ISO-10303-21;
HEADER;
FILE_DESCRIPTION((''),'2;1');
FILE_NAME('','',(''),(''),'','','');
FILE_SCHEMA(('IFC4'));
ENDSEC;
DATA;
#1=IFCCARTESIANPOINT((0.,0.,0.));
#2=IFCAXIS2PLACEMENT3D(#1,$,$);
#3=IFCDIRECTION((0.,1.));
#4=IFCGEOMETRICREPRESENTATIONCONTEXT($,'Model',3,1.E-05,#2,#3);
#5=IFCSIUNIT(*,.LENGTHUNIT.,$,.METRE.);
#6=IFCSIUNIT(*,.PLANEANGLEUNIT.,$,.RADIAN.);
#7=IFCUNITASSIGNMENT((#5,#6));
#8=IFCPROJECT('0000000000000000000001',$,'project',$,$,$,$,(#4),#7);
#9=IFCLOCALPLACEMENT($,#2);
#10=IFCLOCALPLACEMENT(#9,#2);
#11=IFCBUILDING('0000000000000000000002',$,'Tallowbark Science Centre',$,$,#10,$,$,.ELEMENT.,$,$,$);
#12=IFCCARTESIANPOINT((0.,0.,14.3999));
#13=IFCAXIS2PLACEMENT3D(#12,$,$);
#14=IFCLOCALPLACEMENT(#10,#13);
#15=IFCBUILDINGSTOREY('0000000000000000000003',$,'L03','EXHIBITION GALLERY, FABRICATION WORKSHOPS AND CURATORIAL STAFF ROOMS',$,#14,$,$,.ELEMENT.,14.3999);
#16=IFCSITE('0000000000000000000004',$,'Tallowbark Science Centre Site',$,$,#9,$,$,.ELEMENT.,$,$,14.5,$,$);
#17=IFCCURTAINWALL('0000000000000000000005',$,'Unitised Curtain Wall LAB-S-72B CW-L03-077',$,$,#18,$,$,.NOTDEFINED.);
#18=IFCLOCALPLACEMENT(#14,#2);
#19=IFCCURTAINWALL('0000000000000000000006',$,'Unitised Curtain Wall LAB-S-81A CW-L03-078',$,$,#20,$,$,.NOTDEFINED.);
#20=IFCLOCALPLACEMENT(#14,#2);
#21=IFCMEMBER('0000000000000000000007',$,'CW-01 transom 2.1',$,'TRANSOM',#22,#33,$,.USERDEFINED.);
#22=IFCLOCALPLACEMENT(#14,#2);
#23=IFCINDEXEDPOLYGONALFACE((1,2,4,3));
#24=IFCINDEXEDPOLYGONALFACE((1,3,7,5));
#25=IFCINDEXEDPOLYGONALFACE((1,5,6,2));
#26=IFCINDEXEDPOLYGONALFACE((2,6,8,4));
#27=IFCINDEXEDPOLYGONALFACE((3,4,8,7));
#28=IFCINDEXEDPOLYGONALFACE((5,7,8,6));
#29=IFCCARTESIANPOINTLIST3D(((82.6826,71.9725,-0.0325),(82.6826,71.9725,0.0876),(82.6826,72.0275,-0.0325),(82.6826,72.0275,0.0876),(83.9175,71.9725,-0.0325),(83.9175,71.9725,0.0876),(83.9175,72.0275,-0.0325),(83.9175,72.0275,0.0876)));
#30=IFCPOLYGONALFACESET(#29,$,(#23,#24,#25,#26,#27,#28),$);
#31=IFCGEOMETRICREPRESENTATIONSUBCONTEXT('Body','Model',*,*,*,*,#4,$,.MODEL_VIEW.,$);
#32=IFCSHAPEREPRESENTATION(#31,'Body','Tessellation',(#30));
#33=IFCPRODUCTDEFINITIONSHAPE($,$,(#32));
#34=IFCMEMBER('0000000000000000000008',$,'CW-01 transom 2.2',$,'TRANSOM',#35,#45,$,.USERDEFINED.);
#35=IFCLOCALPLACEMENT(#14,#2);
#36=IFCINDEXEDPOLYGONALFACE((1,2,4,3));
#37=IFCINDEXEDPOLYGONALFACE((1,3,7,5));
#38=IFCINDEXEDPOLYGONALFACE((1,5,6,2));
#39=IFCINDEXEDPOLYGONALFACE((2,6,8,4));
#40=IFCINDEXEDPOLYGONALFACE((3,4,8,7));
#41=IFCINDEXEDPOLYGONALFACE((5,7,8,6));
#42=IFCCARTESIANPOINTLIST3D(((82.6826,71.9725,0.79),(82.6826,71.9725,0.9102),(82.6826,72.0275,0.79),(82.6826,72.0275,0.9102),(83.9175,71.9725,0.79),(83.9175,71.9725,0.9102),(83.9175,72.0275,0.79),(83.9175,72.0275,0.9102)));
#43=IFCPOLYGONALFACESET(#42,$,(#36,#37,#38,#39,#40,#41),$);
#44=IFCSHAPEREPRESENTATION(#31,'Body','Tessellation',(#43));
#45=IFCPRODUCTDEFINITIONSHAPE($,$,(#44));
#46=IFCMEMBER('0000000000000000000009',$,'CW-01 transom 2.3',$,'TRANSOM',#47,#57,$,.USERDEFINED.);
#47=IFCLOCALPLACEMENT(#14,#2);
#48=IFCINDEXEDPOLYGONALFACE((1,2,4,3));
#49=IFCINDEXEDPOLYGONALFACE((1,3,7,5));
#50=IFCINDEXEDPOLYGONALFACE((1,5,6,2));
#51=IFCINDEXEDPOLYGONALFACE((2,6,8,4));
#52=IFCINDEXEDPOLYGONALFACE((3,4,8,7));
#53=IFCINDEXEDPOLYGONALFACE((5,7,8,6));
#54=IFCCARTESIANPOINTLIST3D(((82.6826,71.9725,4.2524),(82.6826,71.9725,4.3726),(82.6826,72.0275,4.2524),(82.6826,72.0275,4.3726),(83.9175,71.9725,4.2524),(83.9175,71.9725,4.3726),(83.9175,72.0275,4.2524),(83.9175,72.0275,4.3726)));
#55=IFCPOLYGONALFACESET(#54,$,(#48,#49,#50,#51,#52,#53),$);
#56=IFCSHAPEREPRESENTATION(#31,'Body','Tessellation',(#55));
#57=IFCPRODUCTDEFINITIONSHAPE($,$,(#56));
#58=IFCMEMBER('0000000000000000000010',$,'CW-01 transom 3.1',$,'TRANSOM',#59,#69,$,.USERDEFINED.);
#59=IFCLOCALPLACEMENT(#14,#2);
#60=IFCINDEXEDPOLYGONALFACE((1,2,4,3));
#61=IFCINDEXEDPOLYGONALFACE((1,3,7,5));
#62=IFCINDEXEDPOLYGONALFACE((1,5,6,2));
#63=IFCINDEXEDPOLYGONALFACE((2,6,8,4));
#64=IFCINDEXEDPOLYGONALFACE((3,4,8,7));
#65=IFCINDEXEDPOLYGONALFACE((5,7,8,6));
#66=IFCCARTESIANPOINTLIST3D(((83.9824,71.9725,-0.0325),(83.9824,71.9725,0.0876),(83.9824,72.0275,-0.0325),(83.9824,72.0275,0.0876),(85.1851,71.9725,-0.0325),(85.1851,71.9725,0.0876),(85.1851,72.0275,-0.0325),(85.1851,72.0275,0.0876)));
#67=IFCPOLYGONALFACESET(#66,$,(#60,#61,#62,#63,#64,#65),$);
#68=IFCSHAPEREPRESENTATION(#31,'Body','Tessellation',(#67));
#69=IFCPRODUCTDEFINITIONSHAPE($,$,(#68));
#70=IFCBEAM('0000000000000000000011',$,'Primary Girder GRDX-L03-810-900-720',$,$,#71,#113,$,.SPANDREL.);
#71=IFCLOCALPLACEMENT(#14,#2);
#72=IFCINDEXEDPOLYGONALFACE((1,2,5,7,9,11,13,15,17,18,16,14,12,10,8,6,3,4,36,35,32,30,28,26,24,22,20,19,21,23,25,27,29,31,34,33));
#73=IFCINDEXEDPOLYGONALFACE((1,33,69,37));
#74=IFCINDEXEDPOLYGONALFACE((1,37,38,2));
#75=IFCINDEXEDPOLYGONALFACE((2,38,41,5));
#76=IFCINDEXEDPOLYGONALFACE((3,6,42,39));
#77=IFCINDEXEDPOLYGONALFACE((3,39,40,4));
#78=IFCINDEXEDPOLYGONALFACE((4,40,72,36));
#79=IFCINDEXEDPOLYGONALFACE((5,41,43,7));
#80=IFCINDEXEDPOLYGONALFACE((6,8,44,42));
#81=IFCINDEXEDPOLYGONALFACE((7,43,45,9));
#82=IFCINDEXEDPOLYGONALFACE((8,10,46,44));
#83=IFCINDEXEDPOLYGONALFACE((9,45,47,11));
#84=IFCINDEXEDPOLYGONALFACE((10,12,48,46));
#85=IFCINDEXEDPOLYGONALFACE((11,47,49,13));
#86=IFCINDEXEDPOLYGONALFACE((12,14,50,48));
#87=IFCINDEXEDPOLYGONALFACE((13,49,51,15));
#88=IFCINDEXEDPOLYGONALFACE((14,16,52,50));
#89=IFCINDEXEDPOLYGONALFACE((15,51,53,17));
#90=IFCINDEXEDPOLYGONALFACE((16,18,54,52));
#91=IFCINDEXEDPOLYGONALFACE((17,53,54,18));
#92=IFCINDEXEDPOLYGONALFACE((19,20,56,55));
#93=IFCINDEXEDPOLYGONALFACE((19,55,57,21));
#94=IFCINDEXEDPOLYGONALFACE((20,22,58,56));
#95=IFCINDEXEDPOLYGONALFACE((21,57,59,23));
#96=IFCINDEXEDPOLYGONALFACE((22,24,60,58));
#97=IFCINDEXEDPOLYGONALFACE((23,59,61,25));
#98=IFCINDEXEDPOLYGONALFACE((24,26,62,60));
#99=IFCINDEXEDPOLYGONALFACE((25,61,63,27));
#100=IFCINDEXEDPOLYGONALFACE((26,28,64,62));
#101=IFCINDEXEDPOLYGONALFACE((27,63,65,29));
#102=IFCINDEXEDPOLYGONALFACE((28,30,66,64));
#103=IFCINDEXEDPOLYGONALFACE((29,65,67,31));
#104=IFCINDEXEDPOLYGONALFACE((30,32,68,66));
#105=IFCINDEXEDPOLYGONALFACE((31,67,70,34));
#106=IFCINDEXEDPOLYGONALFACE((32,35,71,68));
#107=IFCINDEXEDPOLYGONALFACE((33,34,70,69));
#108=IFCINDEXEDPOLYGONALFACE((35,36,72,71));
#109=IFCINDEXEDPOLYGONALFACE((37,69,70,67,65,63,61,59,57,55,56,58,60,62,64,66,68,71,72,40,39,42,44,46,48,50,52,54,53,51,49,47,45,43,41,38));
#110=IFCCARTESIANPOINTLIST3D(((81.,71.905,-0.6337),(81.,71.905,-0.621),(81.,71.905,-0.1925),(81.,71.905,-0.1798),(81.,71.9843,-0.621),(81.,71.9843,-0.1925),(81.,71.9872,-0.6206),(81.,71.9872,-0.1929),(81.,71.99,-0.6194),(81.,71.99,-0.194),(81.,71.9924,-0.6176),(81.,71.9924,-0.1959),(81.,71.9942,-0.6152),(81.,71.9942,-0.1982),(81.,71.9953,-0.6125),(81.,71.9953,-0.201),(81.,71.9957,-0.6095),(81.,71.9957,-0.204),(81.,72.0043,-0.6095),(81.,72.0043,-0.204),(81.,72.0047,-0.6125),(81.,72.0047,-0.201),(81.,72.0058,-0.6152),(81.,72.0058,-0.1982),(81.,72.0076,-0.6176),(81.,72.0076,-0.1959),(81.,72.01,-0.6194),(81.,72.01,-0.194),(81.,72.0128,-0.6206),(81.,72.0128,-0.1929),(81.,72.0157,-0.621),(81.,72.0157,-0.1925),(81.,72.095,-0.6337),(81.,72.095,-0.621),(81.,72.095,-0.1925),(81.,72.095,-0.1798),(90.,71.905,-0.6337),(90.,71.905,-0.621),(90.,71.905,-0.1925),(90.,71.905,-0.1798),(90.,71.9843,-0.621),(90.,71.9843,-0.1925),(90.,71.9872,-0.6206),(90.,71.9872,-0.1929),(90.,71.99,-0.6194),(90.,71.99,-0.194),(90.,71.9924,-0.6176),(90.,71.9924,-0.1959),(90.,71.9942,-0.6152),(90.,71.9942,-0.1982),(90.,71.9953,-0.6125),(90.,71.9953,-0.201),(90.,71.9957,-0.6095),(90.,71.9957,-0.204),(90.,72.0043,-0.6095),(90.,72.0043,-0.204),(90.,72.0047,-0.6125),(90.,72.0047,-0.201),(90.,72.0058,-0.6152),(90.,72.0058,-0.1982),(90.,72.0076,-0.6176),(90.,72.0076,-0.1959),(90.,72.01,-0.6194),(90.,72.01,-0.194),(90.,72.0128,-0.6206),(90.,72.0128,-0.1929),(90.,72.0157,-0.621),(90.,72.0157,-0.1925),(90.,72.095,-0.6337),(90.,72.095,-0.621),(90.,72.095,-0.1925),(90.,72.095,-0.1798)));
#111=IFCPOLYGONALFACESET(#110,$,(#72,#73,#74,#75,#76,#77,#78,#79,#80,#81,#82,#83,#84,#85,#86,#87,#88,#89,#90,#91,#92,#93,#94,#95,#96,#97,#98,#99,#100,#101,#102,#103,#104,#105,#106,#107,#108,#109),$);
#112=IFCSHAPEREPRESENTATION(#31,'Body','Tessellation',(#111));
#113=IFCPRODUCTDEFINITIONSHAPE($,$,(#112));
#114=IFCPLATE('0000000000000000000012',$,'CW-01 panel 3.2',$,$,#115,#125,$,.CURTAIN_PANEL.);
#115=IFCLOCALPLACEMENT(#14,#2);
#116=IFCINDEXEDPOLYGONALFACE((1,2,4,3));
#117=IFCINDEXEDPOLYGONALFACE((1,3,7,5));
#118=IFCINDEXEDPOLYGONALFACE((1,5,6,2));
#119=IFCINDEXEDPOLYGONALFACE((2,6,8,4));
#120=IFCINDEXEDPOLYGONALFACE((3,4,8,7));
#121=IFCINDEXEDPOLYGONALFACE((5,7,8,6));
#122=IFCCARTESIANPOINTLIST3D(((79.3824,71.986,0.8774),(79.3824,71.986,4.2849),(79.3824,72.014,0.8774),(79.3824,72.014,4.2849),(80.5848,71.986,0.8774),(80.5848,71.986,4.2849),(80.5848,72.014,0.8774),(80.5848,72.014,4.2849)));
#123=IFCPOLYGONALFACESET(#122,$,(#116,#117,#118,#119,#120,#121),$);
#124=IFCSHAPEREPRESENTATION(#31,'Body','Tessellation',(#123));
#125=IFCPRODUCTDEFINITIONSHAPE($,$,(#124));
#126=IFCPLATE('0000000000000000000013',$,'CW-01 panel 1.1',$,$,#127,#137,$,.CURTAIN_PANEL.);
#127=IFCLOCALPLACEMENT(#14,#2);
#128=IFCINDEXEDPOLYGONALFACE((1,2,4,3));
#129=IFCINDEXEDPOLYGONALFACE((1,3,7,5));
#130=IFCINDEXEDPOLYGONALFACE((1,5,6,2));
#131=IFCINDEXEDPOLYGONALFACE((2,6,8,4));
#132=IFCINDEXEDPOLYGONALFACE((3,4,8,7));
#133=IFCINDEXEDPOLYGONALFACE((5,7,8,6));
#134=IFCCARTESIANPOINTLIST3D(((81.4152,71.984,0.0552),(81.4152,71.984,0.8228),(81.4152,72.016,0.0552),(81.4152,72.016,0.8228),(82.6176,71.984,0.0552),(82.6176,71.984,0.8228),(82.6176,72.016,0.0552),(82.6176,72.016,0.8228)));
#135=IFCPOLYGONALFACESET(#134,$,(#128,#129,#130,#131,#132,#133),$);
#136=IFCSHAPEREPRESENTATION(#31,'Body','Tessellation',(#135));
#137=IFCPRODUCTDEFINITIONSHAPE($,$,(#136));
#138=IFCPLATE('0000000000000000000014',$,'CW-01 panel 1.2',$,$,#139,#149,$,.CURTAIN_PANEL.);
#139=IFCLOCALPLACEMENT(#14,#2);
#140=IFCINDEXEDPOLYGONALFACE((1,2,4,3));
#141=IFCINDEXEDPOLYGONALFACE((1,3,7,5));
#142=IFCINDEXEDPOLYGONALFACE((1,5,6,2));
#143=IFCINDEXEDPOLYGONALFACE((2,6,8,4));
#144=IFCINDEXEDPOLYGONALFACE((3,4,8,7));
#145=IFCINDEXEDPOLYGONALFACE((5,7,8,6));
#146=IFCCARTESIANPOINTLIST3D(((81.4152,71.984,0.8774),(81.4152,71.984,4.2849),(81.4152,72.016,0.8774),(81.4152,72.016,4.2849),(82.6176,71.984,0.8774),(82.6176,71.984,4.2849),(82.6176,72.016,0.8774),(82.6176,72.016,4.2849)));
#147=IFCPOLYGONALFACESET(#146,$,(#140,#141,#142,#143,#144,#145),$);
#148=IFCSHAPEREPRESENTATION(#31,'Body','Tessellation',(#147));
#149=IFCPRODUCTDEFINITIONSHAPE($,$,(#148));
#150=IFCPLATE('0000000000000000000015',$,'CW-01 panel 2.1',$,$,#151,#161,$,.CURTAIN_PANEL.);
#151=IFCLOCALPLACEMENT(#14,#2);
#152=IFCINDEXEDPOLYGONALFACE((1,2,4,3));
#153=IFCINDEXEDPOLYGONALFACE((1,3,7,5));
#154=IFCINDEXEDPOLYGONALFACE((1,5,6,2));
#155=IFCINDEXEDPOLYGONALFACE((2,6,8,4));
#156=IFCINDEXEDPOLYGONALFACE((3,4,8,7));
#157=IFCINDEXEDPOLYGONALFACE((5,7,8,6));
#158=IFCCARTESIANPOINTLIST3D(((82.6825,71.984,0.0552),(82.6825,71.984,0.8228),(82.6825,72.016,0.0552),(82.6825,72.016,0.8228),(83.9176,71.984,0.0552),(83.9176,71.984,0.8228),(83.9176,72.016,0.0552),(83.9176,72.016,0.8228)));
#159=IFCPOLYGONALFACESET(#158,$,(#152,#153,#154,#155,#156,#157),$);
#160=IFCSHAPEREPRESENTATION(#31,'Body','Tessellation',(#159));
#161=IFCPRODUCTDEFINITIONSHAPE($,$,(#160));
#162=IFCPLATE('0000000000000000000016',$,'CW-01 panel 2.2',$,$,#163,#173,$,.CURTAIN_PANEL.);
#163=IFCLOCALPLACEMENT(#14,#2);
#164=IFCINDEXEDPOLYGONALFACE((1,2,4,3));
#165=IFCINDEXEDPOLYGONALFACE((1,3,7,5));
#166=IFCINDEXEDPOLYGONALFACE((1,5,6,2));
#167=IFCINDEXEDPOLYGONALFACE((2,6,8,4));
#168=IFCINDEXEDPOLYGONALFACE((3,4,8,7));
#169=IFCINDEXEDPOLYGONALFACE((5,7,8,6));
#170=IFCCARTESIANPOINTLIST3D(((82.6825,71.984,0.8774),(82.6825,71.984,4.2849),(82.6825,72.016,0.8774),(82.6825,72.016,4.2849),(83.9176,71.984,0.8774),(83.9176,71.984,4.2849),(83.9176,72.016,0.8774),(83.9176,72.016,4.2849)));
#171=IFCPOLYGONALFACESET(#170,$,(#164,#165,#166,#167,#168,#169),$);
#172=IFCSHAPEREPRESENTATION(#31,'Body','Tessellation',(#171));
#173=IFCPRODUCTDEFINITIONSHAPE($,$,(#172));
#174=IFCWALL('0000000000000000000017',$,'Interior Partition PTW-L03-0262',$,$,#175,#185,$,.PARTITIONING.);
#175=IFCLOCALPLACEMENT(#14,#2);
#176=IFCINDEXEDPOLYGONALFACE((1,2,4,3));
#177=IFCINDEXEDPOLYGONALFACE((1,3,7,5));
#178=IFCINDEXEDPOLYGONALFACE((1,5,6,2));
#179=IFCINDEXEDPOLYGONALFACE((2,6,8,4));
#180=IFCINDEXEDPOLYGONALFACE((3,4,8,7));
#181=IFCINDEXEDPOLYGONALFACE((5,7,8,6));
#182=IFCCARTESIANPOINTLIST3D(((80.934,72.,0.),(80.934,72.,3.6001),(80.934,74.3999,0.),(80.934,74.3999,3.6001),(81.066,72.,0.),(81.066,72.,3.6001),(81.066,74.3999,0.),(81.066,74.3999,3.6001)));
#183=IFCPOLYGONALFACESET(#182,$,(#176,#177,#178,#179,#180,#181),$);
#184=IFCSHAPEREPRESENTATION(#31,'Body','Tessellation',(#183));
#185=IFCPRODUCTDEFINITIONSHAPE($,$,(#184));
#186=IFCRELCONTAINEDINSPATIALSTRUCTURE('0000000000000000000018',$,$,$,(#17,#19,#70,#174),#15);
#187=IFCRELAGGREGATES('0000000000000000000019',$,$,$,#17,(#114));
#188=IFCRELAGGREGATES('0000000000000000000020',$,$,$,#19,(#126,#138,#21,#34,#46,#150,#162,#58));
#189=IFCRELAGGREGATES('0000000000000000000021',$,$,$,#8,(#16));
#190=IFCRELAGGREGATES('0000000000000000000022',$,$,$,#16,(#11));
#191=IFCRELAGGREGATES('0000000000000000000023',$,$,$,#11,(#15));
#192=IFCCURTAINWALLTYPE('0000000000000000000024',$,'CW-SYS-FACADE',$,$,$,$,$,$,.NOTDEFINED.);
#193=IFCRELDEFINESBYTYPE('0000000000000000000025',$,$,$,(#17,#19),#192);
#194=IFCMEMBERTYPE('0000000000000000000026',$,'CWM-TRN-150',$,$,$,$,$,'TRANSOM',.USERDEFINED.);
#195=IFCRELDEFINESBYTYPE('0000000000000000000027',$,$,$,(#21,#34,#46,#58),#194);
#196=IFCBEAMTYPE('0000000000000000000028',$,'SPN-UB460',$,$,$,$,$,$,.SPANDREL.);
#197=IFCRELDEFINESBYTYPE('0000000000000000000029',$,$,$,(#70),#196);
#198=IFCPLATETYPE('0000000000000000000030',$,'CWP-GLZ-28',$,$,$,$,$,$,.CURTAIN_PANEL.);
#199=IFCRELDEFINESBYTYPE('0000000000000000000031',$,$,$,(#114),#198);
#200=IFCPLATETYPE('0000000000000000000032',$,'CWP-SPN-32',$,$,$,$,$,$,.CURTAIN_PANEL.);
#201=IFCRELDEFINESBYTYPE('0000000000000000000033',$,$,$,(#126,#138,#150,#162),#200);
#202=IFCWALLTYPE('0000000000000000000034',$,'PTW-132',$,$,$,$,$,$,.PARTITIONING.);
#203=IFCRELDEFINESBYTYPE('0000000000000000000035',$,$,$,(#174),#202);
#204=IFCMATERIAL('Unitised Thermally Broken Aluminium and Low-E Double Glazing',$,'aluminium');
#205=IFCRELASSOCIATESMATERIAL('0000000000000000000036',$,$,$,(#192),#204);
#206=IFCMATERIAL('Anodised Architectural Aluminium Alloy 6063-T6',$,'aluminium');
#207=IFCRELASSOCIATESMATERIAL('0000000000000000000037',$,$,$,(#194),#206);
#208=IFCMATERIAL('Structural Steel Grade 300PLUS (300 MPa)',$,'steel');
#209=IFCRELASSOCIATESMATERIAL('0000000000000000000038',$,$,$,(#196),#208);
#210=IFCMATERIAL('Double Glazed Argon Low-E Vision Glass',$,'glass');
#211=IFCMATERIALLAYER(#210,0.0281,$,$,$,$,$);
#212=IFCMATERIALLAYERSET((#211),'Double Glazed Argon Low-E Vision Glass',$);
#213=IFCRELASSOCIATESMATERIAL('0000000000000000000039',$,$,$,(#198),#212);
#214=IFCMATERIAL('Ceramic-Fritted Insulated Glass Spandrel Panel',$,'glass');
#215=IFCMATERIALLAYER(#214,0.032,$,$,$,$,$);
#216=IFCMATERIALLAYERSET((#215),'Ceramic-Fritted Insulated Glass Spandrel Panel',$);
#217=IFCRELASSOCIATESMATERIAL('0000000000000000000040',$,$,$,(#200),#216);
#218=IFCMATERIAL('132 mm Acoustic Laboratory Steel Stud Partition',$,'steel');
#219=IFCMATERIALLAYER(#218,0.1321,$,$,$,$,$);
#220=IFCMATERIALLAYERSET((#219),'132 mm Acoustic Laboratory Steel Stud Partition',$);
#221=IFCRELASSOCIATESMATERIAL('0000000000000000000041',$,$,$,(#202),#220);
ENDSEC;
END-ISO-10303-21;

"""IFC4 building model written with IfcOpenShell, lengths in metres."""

from ifc_helpers import new_model, si_unit, direction, frame, frame_2d, origin, origin_2d, place, context, subcontext, project, spatial, rectangle, i_section, extrude, material, layer, layer_set, material_profile, profile_set, type_object, element, aggregate, save


model = new_model("IFC4")

# Units and contexts
model_context = context("Model", 3, precision=1e-05, world=origin(), true_north=direction((0.0, 1.0)))
body_context = subcontext(model_context, "Body", "Model", "MODEL_VIEW")
ifc_project = project(units=[si_unit("LENGTHUNIT", "METRE"), si_unit("PLANEANGLEUNIT", "RADIAN")], contexts=[model_context])

# Site, building, storey
site_placement = place(None, origin())
site = spatial("IfcSite", under=ifc_project, at=site_placement, Name="Tallowbark Science Centre Site", CompositionType="ELEMENT", RefElevation=14.5)
building_placement = place(site_placement, origin())
building = spatial("IfcBuilding", under=site, at=building_placement, Name="Tallowbark Science Centre", CompositionType="ELEMENT")
storey_placement = place(building_placement, frame((0.0, 0.0, 14.3999)))
storey = spatial("IfcBuildingStorey", under=building, at=storey_placement, Name="L03", Description="EXHIBITION GALLERY, FABRICATION WORKSHOPS AND CURATORIAL STAFF ROOMS", CompositionType="ELEMENT", Elevation=14.3999)

# Shared definitions
ifc_material_1 = material(Name="Structural Steel Grade 300PLUS (300 MPa)", Category="steel")

# Curtain wall
ifc_material_2 = material(Name="Unitised Thermally Broken Aluminium and Low-E Double Glazing", Category="aluminium")
curtain_wall_type = type_object("IfcCurtainWallType", Name="CW-SYS-FACADE", PredefinedType="NOTDEFINED", material=ifc_material_2)
curtain_wall_1_placement = place(storey_placement, origin())
curtain_wall_1 = element("IfcCurtainWall", 1, at=curtain_wall_1_placement, inside=storey, type_object=curtain_wall_type, Name="Unitised Curtain Wall LAB-S-72B CW-L03-077", PredefinedType="NOTDEFINED")
ifc_material_3 = material(Name="Anodised Architectural Aluminium Alloy 6063-T6", Category="aluminium")

# Curtain wall, members
curtain_wall_2_placement = place(storey_placement, origin())
curtain_wall_2 = element("IfcCurtainWall", 2, at=curtain_wall_2_placement, inside=storey, type_object=curtain_wall_type, Name="Unitised Curtain Wall LAB-S-81A CW-L03-078", PredefinedType="NOTDEFINED")
ifc_material_profile_1 = material_profile(ifc_material_3, rectangle(XDim=0.0549, YDim=0.1201, at=origin_2d()), Name="ALU55x120")
ifc_profile_set_1 = profile_set([ifc_material_profile_1], Name="Anodised Architectural Aluminium Alloy 6063-T6")
member_type_1 = type_object("IfcMemberType", Name="CWM-TRN-150", ElementType="TRANSOM", PredefinedType="USERDEFINED", material=ifc_profile_set_1)
member_1_placement = place(storey_placement, frame((82.6826, 72.0, 0.0276), z_axis=(1.0, 0.0, 0.0), x_axis=(0.0, 1.0, 0.0)))
member_1 = element("IfcMember", 3, at=member_1_placement, type_object=member_type_1, Name="CW-01 transom 2.1", ObjectType="TRANSOM", PredefinedType="USERDEFINED", context=body_context, shape_type="SweptSolid", body=[
    extrude(rectangle(XDim=0.0549, YDim=0.1201, at=origin_2d()), origin(), (0.0, 0.0, 1.0), 1.2349),
])
member_2_placement = place(storey_placement, frame((82.6826, 72.0, 0.8501), z_axis=(1.0, 0.0, 0.0), x_axis=(0.0, 1.0, 0.0)))
member_2 = element("IfcMember", 4, at=member_2_placement, type_object=member_type_1, Name="CW-01 transom 2.2", ObjectType="TRANSOM", PredefinedType="USERDEFINED", context=body_context, shape_type="SweptSolid", body=[
    extrude(rectangle(XDim=0.0549, YDim=0.1201, at=origin_2d()), origin(), (0.0, 0.0, 1.0), 1.2349),
])
member_3_placement = place(storey_placement, frame((82.6826, 72.0, 4.3125), z_axis=(1.0, 0.0, 0.0), x_axis=(0.0, 1.0, 0.0)))
member_3 = element("IfcMember", 5, at=member_3_placement, type_object=member_type_1, Name="CW-01 transom 2.3", ObjectType="TRANSOM", PredefinedType="USERDEFINED", context=body_context, shape_type="SweptSolid", body=[
    extrude(rectangle(XDim=0.0549, YDim=0.1201, at=origin_2d()), origin(), (0.0, 0.0, 1.0), 1.2349),
])
member_4_placement = place(storey_placement, frame((83.9824, 72.0, 0.0276), z_axis=(1.0, 0.0, 0.0), x_axis=(0.0, 1.0, 0.0)))
member_4 = element("IfcMember", 6, at=member_4_placement, type_object=member_type_1, Name="CW-01 transom 3.1", ObjectType="TRANSOM", PredefinedType="USERDEFINED", context=body_context, shape_type="SweptSolid", body=[
    extrude(rectangle(XDim=0.0549, YDim=0.1201, at=origin_2d()), origin(), (0.0, 0.0, 1.0), 1.2026),
])

# Beam
ifc_material_profile_2 = material_profile(ifc_material_1, i_section(OverallWidth=0.1899, OverallDepth=0.4539, WebThickness=0.0085, FlangeThickness=0.0127, FilletRadius=0.0115, at=origin_2d()), Name="460UB67.1")
ifc_profile_set_2 = profile_set([ifc_material_profile_2], Name="Structural Steel Grade 300PLUS (300 MPa)")
beam_type_1 = type_object("IfcBeamType", Name="SPN-UB460", PredefinedType="SPANDREL", material=ifc_profile_set_2)
beam_1_placement = place(storey_placement, frame((81.0, 72.0, -0.4067), z_axis=(1.0, 0.0, 0.0), x_axis=(0.0, 1.0, 0.0)))
element("IfcBeam", 7, at=beam_1_placement, inside=storey, type_object=beam_type_1, Name="Primary Girder GRDX-L03-810-900-720", PredefinedType="SPANDREL", context=body_context, shape_type="SweptSolid", body=[
    extrude(i_section(OverallWidth=0.1899, OverallDepth=0.4539, WebThickness=0.0085, FlangeThickness=0.0127, FilletRadius=0.0115, at=origin_2d()), origin(), (0.0, 0.0, 1.0), 9.0),
])

# Plates
ifc_material_4 = material(Name="Double Glazed Argon Low-E Vision Glass", Category="glass")
ifc_layer_1 = layer(ifc_material_4, 0.0281)
ifc_layer_set_1 = layer_set([ifc_layer_1], Name="Double Glazed Argon Low-E Vision Glass")
plate_type_1 = type_object("IfcPlateType", Name="CWP-GLZ-28", PredefinedType="CURTAIN_PANEL", material=ifc_layer_set_1)
plate_1_placement = place(storey_placement, frame((79.9836, 72.0, 0.8774), z_axis=(0.0, 0.0, 1.0), x_axis=(1.0, 0.0, 0.0)))
plate_1 = element("IfcPlate", 8, at=plate_1_placement, type_object=plate_type_1, Name="CW-01 panel 3.2", PredefinedType="CURTAIN_PANEL", context=body_context, shape_type="SweptSolid", body=[
    extrude(rectangle(XDim=1.2024, YDim=0.0281, at=origin_2d()), origin(), (0.0, 0.0, 1.0), 3.4075),
])
aggregate(curtain_wall_1, [plate_1])
ifc_material_5 = material(Name="Ceramic-Fritted Insulated Glass Spandrel Panel", Category="glass")
ifc_layer_2 = layer(ifc_material_5, 0.032)
ifc_layer_set_2 = layer_set([ifc_layer_2], Name="Ceramic-Fritted Insulated Glass Spandrel Panel")
plate_type_2 = type_object("IfcPlateType", Name="CWP-SPN-32", PredefinedType="CURTAIN_PANEL", material=ifc_layer_set_2)
plate_2_placement = place(storey_placement, frame((82.0164, 72.0, 0.0552), z_axis=(0.0, 0.0, 1.0), x_axis=(1.0, 0.0, 0.0)))
plate_2 = element("IfcPlate", 9, at=plate_2_placement, type_object=plate_type_2, Name="CW-01 panel 1.1", PredefinedType="CURTAIN_PANEL", context=body_context, shape_type="SweptSolid", body=[
    extrude(rectangle(XDim=1.2024, YDim=0.032, at=origin_2d()), origin(), (0.0, 0.0, 1.0), 0.7676),
])
plate_3_placement = place(storey_placement, frame((82.0164, 72.0, 0.8774), z_axis=(0.0, 0.0, 1.0), x_axis=(1.0, 0.0, 0.0)))
plate_3 = element("IfcPlate", 10, at=plate_3_placement, type_object=plate_type_2, Name="CW-01 panel 1.2", PredefinedType="CURTAIN_PANEL", context=body_context, shape_type="SweptSolid", body=[
    extrude(rectangle(XDim=1.2024, YDim=0.032, at=origin_2d()), origin(), (0.0, 0.0, 1.0), 3.4075),
])
plate_4_placement = place(storey_placement, frame((83.3, 72.0, 0.0552), z_axis=(0.0, 0.0, 1.0), x_axis=(1.0, 0.0, 0.0)))
plate_4 = element("IfcPlate", 11, at=plate_4_placement, type_object=plate_type_2, Name="CW-01 panel 2.1", PredefinedType="CURTAIN_PANEL", context=body_context, shape_type="SweptSolid", body=[
    extrude(rectangle(XDim=1.2351, YDim=0.032, at=origin_2d()), origin(), (0.0, 0.0, 1.0), 0.7676),
])
plate_5_placement = place(storey_placement, frame((83.3, 72.0, 0.8774), z_axis=(0.0, 0.0, 1.0), x_axis=(1.0, 0.0, 0.0)))
plate_5 = element("IfcPlate", 12, at=plate_5_placement, type_object=plate_type_2, Name="CW-01 panel 2.2", PredefinedType="CURTAIN_PANEL", context=body_context, shape_type="SweptSolid", body=[
    extrude(rectangle(XDim=1.2351, YDim=0.032, at=origin_2d()), origin(), (0.0, 0.0, 1.0), 3.4075),
])
aggregate(curtain_wall_2, [plate_2, plate_3, member_1, member_2, member_3, plate_4, plate_5, member_4])

# Wall
ifc_material_6 = material(Name="132 mm Acoustic Laboratory Steel Stud Partition", Category="steel")
ifc_layer_3 = layer(ifc_material_6, 0.1321)
ifc_layer_set_3 = layer_set([ifc_layer_3], Name="132 mm Acoustic Laboratory Steel Stud Partition")
wall_type = type_object("IfcWallType", Name="PTW-132", PredefinedType="PARTITIONING", material=ifc_layer_set_3)
wall_placement = place(storey_placement, frame((81.0, 72.0, 0.0), z_axis=(0.0, 0.0, 1.0), x_axis=(0.0, 1.0, 0.0)))
element("IfcWall", 13, at=wall_placement, inside=storey, type_object=wall_type, Name="Interior Partition PTW-L03-0262", PredefinedType="PARTITIONING", context=body_context, shape_type="SweptSolid", body=[
    extrude(rectangle(XDim=2.3999, YDim=0.1321, at=frame_2d((1.2, 0.0))), origin(), (0.0, 0.0, 1.0), 3.6001),
])

save(model, "model.ifc")
